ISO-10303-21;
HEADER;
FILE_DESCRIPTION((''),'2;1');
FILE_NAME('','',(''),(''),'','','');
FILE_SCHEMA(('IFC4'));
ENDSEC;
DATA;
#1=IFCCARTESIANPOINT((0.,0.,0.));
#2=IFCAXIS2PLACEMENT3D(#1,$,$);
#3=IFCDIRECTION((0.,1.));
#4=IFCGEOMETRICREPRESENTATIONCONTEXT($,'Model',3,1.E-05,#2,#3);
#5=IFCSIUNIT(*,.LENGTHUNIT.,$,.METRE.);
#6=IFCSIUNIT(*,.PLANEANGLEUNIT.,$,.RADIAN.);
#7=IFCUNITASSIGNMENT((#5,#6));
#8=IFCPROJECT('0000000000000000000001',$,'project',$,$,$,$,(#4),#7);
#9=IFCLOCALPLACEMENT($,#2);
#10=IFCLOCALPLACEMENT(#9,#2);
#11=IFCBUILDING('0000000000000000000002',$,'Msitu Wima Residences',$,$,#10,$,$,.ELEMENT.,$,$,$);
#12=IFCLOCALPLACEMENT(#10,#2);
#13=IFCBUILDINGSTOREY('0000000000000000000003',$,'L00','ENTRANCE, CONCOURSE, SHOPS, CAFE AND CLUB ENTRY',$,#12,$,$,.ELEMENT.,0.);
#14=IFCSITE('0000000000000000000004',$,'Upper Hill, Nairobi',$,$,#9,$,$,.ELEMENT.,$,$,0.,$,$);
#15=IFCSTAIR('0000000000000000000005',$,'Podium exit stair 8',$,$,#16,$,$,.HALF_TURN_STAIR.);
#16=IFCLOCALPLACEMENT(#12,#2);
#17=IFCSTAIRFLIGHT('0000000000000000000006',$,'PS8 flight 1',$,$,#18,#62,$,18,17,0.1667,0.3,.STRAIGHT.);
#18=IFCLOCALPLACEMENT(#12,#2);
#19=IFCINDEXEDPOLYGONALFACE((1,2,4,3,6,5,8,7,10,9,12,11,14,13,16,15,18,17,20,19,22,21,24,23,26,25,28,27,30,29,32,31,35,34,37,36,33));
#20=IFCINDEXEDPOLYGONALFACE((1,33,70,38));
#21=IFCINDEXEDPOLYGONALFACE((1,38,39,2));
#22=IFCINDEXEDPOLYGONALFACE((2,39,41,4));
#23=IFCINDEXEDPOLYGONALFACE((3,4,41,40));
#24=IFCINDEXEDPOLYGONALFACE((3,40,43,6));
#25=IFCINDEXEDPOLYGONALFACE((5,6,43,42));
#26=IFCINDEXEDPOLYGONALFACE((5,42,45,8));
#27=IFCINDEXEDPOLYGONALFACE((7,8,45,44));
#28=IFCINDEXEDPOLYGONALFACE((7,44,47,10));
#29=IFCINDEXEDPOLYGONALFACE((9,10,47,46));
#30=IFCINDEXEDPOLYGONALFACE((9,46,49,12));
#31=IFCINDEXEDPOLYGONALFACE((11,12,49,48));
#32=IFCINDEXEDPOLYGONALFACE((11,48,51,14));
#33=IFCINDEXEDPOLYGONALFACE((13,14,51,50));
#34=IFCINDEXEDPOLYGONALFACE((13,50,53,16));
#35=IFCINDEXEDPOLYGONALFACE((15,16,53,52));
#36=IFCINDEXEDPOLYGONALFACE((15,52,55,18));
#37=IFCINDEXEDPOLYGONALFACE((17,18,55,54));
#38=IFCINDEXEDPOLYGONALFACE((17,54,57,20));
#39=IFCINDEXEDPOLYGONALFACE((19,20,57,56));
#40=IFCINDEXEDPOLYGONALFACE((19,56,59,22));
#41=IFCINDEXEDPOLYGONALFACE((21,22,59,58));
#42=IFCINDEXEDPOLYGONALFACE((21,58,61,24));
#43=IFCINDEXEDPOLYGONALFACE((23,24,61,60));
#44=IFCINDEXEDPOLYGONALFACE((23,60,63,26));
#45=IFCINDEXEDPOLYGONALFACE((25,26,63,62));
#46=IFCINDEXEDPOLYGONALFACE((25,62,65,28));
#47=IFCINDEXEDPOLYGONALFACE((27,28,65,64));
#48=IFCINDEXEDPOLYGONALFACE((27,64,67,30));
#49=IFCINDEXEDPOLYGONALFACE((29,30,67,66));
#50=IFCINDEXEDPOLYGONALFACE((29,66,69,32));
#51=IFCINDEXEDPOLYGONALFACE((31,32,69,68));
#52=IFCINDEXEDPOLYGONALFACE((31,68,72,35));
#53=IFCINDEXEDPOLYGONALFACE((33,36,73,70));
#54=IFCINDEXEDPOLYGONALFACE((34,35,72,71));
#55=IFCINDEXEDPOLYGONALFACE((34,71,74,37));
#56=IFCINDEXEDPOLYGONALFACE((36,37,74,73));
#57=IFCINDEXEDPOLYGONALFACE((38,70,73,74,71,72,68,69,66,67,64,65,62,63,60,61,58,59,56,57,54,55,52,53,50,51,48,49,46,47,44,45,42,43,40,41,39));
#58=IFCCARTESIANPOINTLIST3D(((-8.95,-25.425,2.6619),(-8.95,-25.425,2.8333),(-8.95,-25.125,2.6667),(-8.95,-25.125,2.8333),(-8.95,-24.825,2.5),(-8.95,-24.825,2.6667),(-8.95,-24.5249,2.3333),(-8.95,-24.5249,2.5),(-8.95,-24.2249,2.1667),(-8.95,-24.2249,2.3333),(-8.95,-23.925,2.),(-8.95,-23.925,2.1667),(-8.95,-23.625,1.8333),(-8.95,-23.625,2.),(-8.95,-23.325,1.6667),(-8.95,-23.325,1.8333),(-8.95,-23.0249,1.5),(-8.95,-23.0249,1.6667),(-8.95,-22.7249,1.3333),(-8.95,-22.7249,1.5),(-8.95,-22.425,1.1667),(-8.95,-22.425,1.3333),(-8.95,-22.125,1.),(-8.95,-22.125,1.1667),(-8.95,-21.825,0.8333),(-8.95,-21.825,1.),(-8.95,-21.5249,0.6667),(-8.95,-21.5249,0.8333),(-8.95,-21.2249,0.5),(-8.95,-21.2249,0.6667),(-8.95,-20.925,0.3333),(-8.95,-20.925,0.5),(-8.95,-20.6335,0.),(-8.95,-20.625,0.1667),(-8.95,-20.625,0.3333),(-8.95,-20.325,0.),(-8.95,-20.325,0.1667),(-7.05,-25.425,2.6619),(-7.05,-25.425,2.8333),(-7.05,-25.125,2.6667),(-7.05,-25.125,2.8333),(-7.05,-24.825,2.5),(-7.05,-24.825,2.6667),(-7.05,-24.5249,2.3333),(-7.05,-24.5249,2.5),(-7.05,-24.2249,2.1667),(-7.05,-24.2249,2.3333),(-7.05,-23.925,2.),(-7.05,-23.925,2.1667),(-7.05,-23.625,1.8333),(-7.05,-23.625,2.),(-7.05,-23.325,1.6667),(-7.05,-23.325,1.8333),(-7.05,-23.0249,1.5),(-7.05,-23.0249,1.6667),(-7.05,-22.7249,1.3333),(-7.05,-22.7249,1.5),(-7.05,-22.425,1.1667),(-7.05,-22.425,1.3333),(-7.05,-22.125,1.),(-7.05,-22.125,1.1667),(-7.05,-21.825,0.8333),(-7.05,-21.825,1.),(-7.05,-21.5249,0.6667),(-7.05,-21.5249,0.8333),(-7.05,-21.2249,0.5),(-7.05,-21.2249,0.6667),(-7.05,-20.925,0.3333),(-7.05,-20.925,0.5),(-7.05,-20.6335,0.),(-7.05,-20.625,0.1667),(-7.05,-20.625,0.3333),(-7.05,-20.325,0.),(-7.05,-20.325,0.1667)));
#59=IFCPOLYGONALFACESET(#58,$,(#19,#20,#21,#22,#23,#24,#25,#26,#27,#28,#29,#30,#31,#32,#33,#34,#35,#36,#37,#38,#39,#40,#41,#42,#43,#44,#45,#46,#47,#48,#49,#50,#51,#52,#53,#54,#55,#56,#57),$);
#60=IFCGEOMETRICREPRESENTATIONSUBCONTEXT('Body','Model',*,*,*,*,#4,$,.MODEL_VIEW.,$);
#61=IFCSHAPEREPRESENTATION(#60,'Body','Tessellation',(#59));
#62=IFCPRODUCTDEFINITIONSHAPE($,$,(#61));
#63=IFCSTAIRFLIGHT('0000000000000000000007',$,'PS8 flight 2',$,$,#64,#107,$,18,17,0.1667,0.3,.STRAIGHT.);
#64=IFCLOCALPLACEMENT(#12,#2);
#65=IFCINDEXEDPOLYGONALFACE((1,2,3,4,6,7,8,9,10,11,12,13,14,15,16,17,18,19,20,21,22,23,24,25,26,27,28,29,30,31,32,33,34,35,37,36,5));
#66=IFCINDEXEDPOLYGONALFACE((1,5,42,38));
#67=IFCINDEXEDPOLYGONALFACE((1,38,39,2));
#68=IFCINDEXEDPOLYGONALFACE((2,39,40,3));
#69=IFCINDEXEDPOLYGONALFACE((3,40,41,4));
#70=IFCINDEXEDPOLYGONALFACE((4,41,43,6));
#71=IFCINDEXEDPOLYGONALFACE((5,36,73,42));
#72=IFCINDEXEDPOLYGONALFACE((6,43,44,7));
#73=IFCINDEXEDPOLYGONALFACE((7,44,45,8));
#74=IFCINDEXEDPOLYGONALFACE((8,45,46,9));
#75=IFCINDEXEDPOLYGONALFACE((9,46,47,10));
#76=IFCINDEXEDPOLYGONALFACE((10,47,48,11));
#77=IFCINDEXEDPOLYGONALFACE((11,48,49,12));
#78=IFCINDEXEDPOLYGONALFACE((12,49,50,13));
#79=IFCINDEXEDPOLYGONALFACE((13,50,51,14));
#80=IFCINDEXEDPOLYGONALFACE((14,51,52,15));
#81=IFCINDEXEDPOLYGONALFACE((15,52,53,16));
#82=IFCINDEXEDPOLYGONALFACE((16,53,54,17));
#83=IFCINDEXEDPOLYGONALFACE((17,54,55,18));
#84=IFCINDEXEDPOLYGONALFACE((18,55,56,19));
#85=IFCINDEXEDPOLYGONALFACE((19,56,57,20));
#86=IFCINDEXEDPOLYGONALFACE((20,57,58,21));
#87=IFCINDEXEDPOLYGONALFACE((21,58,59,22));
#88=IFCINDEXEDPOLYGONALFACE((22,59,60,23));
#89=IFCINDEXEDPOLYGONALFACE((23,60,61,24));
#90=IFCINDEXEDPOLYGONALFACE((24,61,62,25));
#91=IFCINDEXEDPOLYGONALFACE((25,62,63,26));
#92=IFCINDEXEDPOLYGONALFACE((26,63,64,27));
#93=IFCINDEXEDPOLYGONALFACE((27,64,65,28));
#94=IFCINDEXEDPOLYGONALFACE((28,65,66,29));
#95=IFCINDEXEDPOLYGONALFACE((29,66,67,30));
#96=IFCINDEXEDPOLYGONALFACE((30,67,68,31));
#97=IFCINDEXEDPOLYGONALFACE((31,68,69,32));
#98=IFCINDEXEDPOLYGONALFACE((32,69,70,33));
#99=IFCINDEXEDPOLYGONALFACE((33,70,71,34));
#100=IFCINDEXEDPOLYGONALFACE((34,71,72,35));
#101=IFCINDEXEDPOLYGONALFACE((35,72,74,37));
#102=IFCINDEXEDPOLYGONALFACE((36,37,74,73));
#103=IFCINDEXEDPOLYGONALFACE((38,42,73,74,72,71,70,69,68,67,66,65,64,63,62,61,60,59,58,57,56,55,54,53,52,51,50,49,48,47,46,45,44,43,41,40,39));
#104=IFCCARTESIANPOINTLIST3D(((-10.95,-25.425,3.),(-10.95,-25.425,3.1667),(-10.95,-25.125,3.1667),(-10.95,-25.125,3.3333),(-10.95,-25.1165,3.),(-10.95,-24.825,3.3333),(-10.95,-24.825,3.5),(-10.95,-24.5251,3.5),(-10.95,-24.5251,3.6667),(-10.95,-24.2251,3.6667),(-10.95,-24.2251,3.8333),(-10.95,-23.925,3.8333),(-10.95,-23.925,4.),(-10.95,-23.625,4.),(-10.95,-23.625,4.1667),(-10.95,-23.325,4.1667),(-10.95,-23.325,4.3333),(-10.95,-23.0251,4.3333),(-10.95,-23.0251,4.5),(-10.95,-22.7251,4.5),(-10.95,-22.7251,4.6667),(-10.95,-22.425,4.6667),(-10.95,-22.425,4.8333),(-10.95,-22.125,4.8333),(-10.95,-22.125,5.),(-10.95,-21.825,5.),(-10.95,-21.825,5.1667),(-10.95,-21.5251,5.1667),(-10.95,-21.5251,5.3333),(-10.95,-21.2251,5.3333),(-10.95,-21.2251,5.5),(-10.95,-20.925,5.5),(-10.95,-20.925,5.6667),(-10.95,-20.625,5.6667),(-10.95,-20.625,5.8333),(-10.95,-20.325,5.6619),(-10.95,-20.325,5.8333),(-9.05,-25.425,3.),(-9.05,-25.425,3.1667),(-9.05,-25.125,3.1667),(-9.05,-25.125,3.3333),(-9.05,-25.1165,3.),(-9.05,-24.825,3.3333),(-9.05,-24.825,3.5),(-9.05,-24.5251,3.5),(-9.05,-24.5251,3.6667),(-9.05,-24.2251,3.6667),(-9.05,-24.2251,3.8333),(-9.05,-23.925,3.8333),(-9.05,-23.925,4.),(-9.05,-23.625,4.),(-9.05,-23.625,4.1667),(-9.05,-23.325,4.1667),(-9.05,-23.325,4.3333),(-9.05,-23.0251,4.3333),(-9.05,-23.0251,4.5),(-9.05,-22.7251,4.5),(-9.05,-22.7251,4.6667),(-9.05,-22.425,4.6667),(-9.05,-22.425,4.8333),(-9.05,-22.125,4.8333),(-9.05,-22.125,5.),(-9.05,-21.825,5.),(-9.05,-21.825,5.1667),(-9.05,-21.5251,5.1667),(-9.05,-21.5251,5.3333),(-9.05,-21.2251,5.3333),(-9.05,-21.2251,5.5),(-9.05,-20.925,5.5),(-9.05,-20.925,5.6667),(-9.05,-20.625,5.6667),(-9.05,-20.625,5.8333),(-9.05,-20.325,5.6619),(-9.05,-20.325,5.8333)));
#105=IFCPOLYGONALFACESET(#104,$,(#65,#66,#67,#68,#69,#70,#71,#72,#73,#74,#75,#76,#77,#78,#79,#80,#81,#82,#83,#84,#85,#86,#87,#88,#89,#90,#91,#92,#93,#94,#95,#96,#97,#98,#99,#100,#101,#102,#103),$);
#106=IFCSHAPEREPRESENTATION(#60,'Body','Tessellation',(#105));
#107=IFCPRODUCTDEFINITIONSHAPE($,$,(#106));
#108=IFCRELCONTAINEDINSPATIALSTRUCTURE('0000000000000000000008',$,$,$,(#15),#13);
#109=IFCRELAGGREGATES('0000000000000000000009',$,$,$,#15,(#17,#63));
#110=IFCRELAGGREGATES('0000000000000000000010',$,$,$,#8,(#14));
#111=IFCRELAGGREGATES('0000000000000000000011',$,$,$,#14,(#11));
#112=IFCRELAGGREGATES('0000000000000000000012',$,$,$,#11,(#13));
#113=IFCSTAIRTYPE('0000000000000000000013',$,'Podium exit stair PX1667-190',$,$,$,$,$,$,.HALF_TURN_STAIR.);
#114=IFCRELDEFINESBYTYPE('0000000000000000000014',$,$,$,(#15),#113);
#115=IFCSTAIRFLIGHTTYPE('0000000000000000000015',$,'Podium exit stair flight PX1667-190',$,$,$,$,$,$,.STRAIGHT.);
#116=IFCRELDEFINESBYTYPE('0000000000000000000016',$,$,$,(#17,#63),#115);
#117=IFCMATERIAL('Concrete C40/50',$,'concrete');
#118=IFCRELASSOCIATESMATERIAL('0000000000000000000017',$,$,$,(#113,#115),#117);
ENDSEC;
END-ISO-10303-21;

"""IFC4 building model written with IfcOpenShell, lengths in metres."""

from ifc_helpers import new_model, si_unit, direction, frame, origin, place, context, subcontext, project, spatial, polyline, outline, extrude, material, type_object, element, aggregate, save


model = new_model("IFC4")

# Units and contexts
model_context = context("Model", 3, precision=1e-05, world=origin(), true_north=direction((0.0, 1.0)))
body_context = subcontext(model_context, "Body", "Model", "MODEL_VIEW")
ifc_project = project(units=[si_unit("LENGTHUNIT", "METRE"), si_unit("PLANEANGLEUNIT", "RADIAN")], contexts=[model_context])

# Site, building, storey
site_placement = place(None, origin())
site = spatial("IfcSite", under=ifc_project, at=site_placement, Name="Upper Hill, Nairobi", CompositionType="ELEMENT", RefElevation=0.0)
building_placement = place(site_placement, origin())
building = spatial("IfcBuilding", under=site, at=building_placement, Name="Msitu Wima Residences", CompositionType="ELEMENT")
storey_placement = place(building_placement, origin())
storey = spatial("IfcBuildingStorey", under=building, at=storey_placement, Name="L00", Description="ENTRANCE, CONCOURSE, SHOPS, CAFE AND CLUB ENTRY", CompositionType="ELEMENT", Elevation=0.0)

# Shared definitions
ifc_material_1 = material(Name="Concrete C40/50", Category="concrete")

# Stair, stair flights
stair_type = type_object("IfcStairType", Name="Podium exit stair PX1667-190", PredefinedType="HALF_TURN_STAIR", material=ifc_material_1)
stair_placement = place(storey_placement, origin())
stair = element("IfcStair", 1, at=stair_placement, inside=storey, type_object=stair_type, Name="Podium exit stair 8", PredefinedType="HALF_TURN_STAIR")
stair_flight_type = type_object("IfcStairFlightType", Name="Podium exit stair flight PX1667-190", PredefinedType="STRAIGHT", material=ifc_material_1)
stair_flight_1_placement = place(storey_placement, frame((-8.0, -20.325, 0.0), z_axis=(0.0, 0.0, 1.0), x_axis=(0.0, -1.0, 0.0)))
stair_flight_1 = element("IfcStairFlight", 2, at=stair_flight_1_placement, type_object=stair_flight_type, Name="PS8 flight 1", NumberOfRisers=18, NumberOfTreads=17, PredefinedType="STRAIGHT", RiserHeight=0.1667, TreadLength=0.3, context=body_context, shape_type="SweptSolid", body=[
    extrude(outline(polyline([(0.0, 0.0), (0.0, 0.1667), (0.3, 0.1667), (0.3, 0.3333), (0.6001, 0.3333), (0.6001, 0.5), (0.8999, 0.5), (0.8999, 0.6667), (1.2, 0.6667), (1.2, 0.8333), (1.5, 0.8333), (1.5, 1.0), (1.8, 1.0), (1.8, 1.1667), (2.1001, 1.1667), (2.1001, 1.3333), (2.3999, 1.3333), (2.3999, 1.5), (2.7, 1.5), (2.7, 1.6667), (3.0, 1.6667), (3.0, 1.8333), (3.3, 1.8333), (3.3, 2.0), (3.6001, 2.0), (3.6001, 2.1667), (3.8999, 2.1667), (3.8999, 2.3333), (4.2, 2.3333), (4.2, 2.5), (4.5, 2.5), (4.5, 2.6667), (4.8, 2.6667), (4.8, 2.8333), (5.1001, 2.8333), (5.1001, 3.0), (5.1001, 2.6619), (0.3086, 0.0), (0.0, 0.0)])), frame((0.0, 0.95, 0.0), z_axis=(0.0, -1.0, 0.0), x_axis=(1.0, 0.0, 0.0)), (0.0, 0.0, 1.0), 1.8999),
])
stair_flight_2_placement = place(storey_placement, frame((-10.0, -25.425, 3.0), z_axis=(0.0, 0.0, 1.0), x_axis=(0.0, 1.0, 0.0)))
stair_flight_2 = element("IfcStairFlight", 3, at=stair_flight_2_placement, type_object=stair_flight_type, Name="PS8 flight 2", NumberOfRisers=18, NumberOfTreads=17, PredefinedType="STRAIGHT", RiserHeight=0.1667, TreadLength=0.3, context=body_context, shape_type="SweptSolid", body=[
    extrude(outline(polyline([(0.0, 0.0), (0.0, 0.1667), (0.3, 0.1667), (0.3, 0.3333), (0.6001, 0.3333), (0.6001, 0.5), (0.8999, 0.5), (0.8999, 0.6667), (1.2, 0.6667), (1.2, 0.8333), (1.5, 0.8333), (1.5, 1.0), (1.8, 1.0), (1.8, 1.1667), (2.1001, 1.1667), (2.1001, 1.3333), (2.3999, 1.3333), (2.3999, 1.5), (2.7, 1.5), (2.7, 1.6667), (3.0, 1.6667), (3.0, 1.8333), (3.3, 1.8333), (3.3, 2.0), (3.6001, 2.0), (3.6001, 2.1667), (3.8999, 2.1667), (3.8999, 2.3333), (4.2, 2.3333), (4.2, 2.5), (4.5, 2.5), (4.5, 2.6667), (4.8, 2.6667), (4.8, 2.8333), (5.1001, 2.8333), (5.1001, 3.0), (5.1001, 2.6619), (0.3086, 0.0), (0.0, 0.0)])), frame((0.0, 0.95, 0.0), z_axis=(0.0, -1.0, 0.0), x_axis=(1.0, 0.0, 0.0)), (0.0, 0.0, 1.0), 1.8999),
])
aggregate(stair, [stair_flight_1, stair_flight_2])

save(model, "model.ifc")
